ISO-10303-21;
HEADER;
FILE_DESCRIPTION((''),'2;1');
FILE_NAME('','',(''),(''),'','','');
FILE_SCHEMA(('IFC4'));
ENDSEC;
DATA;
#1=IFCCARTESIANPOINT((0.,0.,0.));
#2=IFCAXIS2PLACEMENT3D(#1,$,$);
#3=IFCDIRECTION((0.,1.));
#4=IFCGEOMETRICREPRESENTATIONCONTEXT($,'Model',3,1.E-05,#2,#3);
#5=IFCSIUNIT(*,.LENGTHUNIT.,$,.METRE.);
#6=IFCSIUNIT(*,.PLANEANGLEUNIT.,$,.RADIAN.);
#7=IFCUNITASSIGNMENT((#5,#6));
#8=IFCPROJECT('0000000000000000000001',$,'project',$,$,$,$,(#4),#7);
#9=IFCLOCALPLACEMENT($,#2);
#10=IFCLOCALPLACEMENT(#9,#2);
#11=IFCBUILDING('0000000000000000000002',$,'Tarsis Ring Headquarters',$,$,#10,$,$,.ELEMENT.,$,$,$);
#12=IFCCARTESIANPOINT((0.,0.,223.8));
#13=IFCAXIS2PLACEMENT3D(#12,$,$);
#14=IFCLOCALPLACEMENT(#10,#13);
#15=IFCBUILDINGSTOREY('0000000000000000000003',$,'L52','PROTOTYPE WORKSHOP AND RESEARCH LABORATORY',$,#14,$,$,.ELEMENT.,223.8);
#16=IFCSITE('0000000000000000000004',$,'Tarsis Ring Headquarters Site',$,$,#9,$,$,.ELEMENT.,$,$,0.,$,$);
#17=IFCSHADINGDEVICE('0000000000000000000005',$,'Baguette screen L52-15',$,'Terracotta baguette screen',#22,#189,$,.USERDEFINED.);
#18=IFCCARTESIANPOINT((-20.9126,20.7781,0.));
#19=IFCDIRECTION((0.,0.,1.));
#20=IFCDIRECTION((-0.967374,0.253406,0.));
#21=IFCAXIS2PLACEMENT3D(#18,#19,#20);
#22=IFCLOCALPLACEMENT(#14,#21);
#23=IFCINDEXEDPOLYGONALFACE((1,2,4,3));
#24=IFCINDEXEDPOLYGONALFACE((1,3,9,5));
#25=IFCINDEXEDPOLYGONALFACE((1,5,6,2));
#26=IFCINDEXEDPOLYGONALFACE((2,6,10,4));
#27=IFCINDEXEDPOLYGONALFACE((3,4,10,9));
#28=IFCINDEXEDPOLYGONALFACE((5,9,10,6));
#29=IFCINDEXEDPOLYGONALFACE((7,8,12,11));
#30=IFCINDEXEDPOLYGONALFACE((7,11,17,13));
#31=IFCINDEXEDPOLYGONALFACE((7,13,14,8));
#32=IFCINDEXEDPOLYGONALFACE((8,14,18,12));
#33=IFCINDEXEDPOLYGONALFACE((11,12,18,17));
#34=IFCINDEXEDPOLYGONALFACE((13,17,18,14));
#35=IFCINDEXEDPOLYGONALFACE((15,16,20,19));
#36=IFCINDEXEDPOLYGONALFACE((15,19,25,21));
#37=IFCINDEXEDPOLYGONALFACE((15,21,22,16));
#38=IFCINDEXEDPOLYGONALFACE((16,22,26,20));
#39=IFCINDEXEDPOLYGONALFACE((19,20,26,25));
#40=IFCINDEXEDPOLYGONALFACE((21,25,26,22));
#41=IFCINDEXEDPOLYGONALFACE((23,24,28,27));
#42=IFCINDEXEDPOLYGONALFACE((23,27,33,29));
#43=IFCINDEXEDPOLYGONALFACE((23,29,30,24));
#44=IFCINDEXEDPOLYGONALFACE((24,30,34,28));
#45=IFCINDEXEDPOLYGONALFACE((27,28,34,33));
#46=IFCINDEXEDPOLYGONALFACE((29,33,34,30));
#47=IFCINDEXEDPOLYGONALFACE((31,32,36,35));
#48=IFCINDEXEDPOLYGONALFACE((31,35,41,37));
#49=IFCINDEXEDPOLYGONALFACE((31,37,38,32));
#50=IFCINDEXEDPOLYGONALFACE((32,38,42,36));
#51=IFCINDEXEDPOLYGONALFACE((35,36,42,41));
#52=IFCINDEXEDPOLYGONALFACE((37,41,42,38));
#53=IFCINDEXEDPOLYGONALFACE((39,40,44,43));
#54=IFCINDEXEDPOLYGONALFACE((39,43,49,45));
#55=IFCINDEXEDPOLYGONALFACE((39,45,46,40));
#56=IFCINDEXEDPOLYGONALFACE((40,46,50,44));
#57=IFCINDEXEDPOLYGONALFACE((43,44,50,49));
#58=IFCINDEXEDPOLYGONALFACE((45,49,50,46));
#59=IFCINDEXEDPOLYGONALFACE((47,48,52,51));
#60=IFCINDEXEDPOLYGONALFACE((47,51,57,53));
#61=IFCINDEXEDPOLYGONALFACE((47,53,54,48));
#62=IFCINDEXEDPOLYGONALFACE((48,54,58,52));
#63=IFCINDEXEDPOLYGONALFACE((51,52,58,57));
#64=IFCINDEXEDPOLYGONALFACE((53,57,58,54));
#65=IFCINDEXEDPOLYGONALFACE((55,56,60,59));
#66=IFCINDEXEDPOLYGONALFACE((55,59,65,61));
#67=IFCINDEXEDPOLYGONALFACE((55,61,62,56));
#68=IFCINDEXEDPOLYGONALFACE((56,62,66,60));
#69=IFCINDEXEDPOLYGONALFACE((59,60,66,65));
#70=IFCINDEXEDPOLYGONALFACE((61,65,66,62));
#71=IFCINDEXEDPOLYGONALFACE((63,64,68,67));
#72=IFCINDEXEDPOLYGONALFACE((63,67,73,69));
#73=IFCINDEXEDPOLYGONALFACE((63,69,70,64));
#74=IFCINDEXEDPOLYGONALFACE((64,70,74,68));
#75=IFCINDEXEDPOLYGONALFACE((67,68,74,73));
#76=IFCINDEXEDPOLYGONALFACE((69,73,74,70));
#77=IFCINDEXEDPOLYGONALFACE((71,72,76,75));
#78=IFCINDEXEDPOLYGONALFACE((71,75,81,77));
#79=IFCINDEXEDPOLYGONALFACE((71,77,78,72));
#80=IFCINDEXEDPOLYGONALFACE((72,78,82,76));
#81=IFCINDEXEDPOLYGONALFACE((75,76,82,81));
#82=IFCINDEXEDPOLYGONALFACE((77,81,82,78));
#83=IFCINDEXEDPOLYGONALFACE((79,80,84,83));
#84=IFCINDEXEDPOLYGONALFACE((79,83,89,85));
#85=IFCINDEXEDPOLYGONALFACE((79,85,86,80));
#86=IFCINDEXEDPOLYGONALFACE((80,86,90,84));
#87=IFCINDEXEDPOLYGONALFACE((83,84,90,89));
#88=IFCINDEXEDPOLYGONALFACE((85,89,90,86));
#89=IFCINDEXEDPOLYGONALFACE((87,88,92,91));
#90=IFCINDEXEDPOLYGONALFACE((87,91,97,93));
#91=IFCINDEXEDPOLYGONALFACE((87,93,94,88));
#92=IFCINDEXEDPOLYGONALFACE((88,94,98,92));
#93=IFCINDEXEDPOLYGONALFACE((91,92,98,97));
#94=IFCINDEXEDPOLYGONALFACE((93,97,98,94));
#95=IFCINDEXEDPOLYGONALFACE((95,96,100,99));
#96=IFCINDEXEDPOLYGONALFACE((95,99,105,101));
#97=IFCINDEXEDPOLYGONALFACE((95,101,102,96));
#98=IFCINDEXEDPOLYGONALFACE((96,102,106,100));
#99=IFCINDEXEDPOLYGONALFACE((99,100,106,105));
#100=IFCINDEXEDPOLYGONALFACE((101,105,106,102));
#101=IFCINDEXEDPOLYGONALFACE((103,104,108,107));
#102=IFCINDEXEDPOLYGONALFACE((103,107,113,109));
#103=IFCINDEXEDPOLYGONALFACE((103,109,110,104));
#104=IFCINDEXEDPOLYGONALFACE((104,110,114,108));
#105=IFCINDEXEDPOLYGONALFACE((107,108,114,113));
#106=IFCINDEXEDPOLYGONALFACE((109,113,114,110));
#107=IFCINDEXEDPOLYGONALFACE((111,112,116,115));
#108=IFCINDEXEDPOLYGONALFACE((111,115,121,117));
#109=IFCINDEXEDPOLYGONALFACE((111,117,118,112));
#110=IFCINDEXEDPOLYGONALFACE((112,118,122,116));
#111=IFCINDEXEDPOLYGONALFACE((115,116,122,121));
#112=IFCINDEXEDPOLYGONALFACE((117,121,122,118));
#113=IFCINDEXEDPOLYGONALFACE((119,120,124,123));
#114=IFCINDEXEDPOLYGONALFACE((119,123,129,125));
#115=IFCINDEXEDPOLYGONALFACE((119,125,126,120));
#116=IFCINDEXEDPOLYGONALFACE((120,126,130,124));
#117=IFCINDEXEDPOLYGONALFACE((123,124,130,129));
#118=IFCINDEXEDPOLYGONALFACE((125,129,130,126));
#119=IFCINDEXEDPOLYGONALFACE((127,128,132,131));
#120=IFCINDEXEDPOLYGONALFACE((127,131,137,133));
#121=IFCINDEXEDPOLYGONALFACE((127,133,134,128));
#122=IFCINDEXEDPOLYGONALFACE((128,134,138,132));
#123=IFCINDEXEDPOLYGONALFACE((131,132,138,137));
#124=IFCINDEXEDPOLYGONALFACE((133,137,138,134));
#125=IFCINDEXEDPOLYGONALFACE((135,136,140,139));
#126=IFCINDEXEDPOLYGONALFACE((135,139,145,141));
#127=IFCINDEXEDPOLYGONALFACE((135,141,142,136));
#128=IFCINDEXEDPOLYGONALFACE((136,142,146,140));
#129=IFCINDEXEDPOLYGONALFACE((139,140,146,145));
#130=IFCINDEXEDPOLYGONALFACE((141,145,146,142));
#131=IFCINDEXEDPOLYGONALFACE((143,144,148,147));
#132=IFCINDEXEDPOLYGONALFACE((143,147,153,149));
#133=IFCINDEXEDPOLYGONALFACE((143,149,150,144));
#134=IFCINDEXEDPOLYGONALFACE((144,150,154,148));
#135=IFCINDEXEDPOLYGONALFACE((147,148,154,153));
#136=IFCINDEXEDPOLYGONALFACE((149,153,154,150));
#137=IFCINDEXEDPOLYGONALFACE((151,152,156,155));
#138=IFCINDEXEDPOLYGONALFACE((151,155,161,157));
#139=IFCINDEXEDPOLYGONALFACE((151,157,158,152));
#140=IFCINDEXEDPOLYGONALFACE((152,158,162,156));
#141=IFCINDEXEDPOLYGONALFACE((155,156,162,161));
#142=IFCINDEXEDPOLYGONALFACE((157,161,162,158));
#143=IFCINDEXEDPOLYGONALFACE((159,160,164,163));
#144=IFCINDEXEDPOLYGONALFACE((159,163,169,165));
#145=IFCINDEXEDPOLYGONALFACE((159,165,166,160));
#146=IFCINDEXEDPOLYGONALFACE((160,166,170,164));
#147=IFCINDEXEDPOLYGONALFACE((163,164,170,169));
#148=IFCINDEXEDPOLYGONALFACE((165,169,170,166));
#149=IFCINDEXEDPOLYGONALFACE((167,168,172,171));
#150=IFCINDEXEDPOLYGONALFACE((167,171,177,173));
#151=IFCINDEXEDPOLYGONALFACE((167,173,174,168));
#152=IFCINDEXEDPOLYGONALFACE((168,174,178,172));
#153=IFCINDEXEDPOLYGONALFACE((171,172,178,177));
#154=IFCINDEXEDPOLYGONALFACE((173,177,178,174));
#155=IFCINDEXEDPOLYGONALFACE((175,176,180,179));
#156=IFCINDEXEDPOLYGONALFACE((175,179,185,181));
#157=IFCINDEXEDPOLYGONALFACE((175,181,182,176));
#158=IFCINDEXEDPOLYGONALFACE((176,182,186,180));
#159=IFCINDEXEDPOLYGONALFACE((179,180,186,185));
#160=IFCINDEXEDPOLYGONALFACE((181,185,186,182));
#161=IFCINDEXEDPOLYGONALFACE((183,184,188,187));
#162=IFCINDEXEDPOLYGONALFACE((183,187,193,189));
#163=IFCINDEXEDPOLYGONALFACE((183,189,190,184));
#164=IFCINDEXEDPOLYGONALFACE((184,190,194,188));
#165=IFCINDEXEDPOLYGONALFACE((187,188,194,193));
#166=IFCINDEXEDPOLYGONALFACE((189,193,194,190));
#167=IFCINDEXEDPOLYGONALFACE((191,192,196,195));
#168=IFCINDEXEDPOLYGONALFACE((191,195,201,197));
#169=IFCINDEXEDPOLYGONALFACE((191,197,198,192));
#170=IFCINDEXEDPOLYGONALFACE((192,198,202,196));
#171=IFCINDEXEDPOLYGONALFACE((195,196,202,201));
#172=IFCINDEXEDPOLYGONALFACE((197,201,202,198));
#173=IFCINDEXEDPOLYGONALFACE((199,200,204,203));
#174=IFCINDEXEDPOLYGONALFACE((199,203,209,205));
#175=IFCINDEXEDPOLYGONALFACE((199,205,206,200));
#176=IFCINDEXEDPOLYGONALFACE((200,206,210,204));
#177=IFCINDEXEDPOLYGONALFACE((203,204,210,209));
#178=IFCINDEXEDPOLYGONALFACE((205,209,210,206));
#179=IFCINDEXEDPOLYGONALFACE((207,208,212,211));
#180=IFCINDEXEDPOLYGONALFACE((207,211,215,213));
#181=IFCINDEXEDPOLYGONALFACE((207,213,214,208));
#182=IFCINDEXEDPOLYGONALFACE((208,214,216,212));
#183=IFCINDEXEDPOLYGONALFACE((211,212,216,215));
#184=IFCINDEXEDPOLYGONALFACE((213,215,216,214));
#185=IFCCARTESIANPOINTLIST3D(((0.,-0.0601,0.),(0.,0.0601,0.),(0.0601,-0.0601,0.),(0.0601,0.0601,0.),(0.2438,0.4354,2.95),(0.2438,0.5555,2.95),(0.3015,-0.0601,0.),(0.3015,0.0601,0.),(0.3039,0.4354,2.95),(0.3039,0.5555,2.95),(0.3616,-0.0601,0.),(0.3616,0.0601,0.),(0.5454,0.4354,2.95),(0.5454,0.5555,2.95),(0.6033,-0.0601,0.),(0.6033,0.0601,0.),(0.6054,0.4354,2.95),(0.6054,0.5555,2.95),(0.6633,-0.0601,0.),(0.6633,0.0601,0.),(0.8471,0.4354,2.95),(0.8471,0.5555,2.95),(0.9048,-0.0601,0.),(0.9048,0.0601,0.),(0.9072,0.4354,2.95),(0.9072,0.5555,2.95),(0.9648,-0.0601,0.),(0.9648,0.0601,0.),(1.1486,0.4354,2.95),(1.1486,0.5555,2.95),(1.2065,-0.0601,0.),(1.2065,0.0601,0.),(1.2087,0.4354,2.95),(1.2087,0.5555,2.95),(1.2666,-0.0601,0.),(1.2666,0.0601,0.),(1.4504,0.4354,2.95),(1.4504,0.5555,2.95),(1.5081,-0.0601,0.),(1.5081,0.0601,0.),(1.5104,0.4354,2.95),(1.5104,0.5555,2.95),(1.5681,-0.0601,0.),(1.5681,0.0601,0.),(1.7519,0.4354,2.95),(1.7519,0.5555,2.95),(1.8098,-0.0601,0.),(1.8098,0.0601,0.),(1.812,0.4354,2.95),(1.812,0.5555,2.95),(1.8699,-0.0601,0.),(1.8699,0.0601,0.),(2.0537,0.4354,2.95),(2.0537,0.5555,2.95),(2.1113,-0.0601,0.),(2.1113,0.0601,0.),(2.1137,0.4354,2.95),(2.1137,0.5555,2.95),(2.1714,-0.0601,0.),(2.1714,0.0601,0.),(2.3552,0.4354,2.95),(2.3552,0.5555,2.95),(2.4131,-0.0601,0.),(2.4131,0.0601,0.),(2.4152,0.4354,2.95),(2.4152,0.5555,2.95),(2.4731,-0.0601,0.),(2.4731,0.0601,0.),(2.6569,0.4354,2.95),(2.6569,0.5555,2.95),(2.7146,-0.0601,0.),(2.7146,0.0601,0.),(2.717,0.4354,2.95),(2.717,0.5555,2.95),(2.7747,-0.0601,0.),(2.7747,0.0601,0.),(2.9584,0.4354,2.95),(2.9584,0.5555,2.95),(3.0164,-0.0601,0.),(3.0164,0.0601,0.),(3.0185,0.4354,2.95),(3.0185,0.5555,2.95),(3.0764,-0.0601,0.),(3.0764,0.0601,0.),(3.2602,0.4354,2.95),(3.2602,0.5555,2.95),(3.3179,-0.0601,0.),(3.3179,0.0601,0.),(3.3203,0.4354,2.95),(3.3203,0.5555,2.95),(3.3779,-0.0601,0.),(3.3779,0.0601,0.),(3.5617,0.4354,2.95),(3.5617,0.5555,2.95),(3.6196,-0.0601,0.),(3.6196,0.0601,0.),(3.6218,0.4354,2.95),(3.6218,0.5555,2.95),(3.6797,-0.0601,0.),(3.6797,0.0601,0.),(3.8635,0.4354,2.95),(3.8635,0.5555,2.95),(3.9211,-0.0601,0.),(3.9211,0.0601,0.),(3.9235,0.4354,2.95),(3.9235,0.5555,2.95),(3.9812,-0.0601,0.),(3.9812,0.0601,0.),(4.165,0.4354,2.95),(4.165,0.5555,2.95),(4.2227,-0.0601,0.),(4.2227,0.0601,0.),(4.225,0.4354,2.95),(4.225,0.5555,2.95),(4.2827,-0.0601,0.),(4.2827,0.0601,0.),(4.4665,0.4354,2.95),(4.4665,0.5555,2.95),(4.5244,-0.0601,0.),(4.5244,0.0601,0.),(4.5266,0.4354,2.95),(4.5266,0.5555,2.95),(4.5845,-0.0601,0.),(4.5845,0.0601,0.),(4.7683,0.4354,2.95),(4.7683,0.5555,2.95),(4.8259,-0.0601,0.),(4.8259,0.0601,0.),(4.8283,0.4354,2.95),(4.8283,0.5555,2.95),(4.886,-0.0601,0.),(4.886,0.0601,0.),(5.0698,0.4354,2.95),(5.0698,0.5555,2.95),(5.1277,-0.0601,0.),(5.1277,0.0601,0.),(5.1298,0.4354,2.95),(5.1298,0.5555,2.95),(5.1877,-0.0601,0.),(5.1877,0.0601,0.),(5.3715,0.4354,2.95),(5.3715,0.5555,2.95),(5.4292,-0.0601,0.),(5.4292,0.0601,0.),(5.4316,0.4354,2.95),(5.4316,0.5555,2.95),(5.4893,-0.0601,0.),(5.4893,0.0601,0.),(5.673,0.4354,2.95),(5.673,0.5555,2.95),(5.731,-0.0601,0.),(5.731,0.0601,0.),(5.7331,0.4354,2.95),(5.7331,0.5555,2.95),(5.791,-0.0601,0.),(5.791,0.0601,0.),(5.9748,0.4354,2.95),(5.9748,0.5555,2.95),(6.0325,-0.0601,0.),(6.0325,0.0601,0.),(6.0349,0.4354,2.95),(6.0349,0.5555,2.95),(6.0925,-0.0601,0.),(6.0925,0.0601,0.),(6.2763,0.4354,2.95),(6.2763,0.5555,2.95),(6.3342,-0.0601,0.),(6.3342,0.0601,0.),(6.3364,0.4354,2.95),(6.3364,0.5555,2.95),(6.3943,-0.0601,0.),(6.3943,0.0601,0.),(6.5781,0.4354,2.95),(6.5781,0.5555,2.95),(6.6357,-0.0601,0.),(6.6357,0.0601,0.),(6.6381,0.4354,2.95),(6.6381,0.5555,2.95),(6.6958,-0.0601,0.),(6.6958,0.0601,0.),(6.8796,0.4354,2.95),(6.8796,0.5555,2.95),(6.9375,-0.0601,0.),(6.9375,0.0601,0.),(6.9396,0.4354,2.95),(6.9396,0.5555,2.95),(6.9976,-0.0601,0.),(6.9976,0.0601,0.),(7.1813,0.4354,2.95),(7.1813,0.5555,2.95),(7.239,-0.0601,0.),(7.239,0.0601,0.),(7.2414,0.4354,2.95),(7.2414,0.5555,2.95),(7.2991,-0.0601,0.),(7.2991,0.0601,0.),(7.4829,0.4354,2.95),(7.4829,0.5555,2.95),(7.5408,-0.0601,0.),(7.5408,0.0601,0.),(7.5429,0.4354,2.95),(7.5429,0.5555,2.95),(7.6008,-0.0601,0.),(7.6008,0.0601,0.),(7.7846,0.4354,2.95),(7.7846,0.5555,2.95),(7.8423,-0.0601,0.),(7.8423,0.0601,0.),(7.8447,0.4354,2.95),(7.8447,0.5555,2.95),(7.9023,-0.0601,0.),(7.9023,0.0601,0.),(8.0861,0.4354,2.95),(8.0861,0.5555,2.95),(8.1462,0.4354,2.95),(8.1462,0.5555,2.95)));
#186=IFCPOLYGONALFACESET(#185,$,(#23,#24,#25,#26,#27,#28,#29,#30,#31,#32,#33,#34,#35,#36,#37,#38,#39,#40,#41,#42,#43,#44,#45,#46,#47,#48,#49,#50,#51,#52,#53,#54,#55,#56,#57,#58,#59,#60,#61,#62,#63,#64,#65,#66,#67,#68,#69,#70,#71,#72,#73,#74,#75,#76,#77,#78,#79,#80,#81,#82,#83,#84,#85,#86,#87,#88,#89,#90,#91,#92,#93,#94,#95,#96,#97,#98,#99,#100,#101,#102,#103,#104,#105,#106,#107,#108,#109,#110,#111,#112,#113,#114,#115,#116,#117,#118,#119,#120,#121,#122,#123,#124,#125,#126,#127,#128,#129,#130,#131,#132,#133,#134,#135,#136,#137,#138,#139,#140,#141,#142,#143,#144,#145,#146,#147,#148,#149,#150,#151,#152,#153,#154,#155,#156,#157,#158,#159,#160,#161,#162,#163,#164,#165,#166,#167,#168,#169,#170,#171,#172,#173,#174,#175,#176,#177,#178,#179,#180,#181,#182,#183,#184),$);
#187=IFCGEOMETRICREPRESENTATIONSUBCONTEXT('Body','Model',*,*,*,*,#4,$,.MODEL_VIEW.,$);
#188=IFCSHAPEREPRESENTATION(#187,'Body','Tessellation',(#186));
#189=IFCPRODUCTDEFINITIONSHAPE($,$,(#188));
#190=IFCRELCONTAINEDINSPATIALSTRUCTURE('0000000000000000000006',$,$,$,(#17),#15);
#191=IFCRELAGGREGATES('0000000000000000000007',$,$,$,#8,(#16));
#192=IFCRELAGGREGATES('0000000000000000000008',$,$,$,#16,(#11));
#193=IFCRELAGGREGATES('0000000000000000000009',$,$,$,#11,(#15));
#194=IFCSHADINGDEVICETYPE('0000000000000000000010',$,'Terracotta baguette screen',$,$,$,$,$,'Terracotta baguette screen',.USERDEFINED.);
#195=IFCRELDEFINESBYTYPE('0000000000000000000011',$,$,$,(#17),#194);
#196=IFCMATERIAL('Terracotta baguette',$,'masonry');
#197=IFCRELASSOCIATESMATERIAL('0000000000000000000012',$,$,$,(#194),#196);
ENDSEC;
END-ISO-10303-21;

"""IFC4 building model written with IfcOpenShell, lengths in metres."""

from ifc_helpers import new_model, si_unit, direction, frame, frame_2d, origin, place, context, subcontext, project, spatial, rectangle, composite_profile, extrude, material, type_object, element, save


model = new_model("IFC4")

# Units and contexts
model_context = context("Model", 3, precision=1e-05, world=origin(), true_north=direction((0.0, 1.0)))
body_context = subcontext(model_context, "Body", "Model", "MODEL_VIEW")
ifc_project = project(units=[si_unit("LENGTHUNIT", "METRE"), si_unit("PLANEANGLEUNIT", "RADIAN")], contexts=[model_context])

# Site, building, storey
site_placement = place(None, origin())
site = spatial("IfcSite", under=ifc_project, at=site_placement, Name="Tarsis Ring Headquarters Site", CompositionType="ELEMENT", RefElevation=0.0)
building_placement = place(site_placement, origin())
building = spatial("IfcBuilding", under=site, at=building_placement, Name="Tarsis Ring Headquarters", CompositionType="ELEMENT")
storey_placement = place(building_placement, frame((0.0, 0.0, 223.8)))
storey = spatial("IfcBuildingStorey", under=building, at=storey_placement, Name="L52", Description="PROTOTYPE WORKSHOP AND RESEARCH LABORATORY", CompositionType="ELEMENT", Elevation=223.8)

# Shading device
ifc_material_1 = material(Name="Terracotta baguette", Category="masonry")
shading_device_type = type_object("IfcShadingDeviceType", Name="Terracotta baguette screen", ElementType="Terracotta baguette screen", PredefinedType="USERDEFINED", material=ifc_material_1)
shading_device_1_placement = place(storey_placement, frame((-20.9126, 20.7781, 0.0), z_axis=(0.0, 0.0, 1.0), x_axis=(-0.967374, 0.253406, 0.0)))
element("IfcShadingDevice", 1, at=shading_device_1_placement, inside=storey, type_object=shading_device_type, Name="Baguette screen L52-15", ObjectType="Terracotta baguette screen", PredefinedType="USERDEFINED", context=body_context, shape_type="SweptSolid", body=[
    extrude(composite_profile([rectangle(XDim=0.0601, YDim=0.1201, at=frame_2d((0.03, 0.0))), rectangle(XDim=0.0601, YDim=0.1201, at=frame_2d((0.3315, 0.0))), rectangle(XDim=0.0601, YDim=0.1201, at=frame_2d((0.6333, 0.0))), rectangle(XDim=0.0601, YDim=0.1201, at=frame_2d((0.9348, 0.0))), rectangle(XDim=0.0601, YDim=0.1201, at=frame_2d((1.2366, 0.0))), rectangle(XDim=0.0601, YDim=0.1201, at=frame_2d((1.5381, 0.0))), rectangle(XDim=0.0601, YDim=0.1201, at=frame_2d((1.8398, 0.0))), rectangle(XDim=0.0601, YDim=0.1201, at=frame_2d((2.1414, 0.0))), rectangle(XDim=0.0601, YDim=0.1201, at=frame_2d((2.4431, 0.0))), rectangle(XDim=0.0601, YDim=0.1201, at=frame_2d((2.7446, 0.0))), rectangle(XDim=0.0601, YDim=0.1201, at=frame_2d((3.0464, 0.0))), rectangle(XDim=0.0601, YDim=0.1201, at=frame_2d((3.3479, 0.0))), rectangle(XDim=0.0601, YDim=0.1201, at=frame_2d((3.6497, 0.0))), rectangle(XDim=0.0601, YDim=0.1201, at=frame_2d((3.9512, 0.0))), rectangle(XDim=0.0601, YDim=0.1201, at=frame_2d((4.2527, 0.0))), rectangle(XDim=0.0601, YDim=0.1201, at=frame_2d((4.5544, 0.0))), rectangle(XDim=0.0601, YDim=0.1201, at=frame_2d((4.856, 0.0))), rectangle(XDim=0.0601, YDim=0.1201, at=frame_2d((5.1577, 0.0))), rectangle(XDim=0.0601, YDim=0.1201, at=frame_2d((5.4592, 0.0))), rectangle(XDim=0.0601, YDim=0.1201, at=frame_2d((5.761, 0.0))), rectangle(XDim=0.0601, YDim=0.1201, at=frame_2d((6.0625, 0.0))), rectangle(XDim=0.0601, YDim=0.1201, at=frame_2d((6.3643, 0.0))), rectangle(XDim=0.0601, YDim=0.1201, at=frame_2d((6.6658, 0.0))), rectangle(XDim=0.0601, YDim=0.1201, at=frame_2d((6.9675, 0.0))), rectangle(XDim=0.0601, YDim=0.1201, at=frame_2d((7.269, 0.0))), rectangle(XDim=0.0601, YDim=0.1201, at=frame_2d((7.5708, 0.0))), rectangle(XDim=0.0601, YDim=0.1201, at=frame_2d((7.8723, 0.0)))]), origin(), (0.081249, 0.165081, 0.982928), 3.0012),
])

save(model, "model.ifc")
